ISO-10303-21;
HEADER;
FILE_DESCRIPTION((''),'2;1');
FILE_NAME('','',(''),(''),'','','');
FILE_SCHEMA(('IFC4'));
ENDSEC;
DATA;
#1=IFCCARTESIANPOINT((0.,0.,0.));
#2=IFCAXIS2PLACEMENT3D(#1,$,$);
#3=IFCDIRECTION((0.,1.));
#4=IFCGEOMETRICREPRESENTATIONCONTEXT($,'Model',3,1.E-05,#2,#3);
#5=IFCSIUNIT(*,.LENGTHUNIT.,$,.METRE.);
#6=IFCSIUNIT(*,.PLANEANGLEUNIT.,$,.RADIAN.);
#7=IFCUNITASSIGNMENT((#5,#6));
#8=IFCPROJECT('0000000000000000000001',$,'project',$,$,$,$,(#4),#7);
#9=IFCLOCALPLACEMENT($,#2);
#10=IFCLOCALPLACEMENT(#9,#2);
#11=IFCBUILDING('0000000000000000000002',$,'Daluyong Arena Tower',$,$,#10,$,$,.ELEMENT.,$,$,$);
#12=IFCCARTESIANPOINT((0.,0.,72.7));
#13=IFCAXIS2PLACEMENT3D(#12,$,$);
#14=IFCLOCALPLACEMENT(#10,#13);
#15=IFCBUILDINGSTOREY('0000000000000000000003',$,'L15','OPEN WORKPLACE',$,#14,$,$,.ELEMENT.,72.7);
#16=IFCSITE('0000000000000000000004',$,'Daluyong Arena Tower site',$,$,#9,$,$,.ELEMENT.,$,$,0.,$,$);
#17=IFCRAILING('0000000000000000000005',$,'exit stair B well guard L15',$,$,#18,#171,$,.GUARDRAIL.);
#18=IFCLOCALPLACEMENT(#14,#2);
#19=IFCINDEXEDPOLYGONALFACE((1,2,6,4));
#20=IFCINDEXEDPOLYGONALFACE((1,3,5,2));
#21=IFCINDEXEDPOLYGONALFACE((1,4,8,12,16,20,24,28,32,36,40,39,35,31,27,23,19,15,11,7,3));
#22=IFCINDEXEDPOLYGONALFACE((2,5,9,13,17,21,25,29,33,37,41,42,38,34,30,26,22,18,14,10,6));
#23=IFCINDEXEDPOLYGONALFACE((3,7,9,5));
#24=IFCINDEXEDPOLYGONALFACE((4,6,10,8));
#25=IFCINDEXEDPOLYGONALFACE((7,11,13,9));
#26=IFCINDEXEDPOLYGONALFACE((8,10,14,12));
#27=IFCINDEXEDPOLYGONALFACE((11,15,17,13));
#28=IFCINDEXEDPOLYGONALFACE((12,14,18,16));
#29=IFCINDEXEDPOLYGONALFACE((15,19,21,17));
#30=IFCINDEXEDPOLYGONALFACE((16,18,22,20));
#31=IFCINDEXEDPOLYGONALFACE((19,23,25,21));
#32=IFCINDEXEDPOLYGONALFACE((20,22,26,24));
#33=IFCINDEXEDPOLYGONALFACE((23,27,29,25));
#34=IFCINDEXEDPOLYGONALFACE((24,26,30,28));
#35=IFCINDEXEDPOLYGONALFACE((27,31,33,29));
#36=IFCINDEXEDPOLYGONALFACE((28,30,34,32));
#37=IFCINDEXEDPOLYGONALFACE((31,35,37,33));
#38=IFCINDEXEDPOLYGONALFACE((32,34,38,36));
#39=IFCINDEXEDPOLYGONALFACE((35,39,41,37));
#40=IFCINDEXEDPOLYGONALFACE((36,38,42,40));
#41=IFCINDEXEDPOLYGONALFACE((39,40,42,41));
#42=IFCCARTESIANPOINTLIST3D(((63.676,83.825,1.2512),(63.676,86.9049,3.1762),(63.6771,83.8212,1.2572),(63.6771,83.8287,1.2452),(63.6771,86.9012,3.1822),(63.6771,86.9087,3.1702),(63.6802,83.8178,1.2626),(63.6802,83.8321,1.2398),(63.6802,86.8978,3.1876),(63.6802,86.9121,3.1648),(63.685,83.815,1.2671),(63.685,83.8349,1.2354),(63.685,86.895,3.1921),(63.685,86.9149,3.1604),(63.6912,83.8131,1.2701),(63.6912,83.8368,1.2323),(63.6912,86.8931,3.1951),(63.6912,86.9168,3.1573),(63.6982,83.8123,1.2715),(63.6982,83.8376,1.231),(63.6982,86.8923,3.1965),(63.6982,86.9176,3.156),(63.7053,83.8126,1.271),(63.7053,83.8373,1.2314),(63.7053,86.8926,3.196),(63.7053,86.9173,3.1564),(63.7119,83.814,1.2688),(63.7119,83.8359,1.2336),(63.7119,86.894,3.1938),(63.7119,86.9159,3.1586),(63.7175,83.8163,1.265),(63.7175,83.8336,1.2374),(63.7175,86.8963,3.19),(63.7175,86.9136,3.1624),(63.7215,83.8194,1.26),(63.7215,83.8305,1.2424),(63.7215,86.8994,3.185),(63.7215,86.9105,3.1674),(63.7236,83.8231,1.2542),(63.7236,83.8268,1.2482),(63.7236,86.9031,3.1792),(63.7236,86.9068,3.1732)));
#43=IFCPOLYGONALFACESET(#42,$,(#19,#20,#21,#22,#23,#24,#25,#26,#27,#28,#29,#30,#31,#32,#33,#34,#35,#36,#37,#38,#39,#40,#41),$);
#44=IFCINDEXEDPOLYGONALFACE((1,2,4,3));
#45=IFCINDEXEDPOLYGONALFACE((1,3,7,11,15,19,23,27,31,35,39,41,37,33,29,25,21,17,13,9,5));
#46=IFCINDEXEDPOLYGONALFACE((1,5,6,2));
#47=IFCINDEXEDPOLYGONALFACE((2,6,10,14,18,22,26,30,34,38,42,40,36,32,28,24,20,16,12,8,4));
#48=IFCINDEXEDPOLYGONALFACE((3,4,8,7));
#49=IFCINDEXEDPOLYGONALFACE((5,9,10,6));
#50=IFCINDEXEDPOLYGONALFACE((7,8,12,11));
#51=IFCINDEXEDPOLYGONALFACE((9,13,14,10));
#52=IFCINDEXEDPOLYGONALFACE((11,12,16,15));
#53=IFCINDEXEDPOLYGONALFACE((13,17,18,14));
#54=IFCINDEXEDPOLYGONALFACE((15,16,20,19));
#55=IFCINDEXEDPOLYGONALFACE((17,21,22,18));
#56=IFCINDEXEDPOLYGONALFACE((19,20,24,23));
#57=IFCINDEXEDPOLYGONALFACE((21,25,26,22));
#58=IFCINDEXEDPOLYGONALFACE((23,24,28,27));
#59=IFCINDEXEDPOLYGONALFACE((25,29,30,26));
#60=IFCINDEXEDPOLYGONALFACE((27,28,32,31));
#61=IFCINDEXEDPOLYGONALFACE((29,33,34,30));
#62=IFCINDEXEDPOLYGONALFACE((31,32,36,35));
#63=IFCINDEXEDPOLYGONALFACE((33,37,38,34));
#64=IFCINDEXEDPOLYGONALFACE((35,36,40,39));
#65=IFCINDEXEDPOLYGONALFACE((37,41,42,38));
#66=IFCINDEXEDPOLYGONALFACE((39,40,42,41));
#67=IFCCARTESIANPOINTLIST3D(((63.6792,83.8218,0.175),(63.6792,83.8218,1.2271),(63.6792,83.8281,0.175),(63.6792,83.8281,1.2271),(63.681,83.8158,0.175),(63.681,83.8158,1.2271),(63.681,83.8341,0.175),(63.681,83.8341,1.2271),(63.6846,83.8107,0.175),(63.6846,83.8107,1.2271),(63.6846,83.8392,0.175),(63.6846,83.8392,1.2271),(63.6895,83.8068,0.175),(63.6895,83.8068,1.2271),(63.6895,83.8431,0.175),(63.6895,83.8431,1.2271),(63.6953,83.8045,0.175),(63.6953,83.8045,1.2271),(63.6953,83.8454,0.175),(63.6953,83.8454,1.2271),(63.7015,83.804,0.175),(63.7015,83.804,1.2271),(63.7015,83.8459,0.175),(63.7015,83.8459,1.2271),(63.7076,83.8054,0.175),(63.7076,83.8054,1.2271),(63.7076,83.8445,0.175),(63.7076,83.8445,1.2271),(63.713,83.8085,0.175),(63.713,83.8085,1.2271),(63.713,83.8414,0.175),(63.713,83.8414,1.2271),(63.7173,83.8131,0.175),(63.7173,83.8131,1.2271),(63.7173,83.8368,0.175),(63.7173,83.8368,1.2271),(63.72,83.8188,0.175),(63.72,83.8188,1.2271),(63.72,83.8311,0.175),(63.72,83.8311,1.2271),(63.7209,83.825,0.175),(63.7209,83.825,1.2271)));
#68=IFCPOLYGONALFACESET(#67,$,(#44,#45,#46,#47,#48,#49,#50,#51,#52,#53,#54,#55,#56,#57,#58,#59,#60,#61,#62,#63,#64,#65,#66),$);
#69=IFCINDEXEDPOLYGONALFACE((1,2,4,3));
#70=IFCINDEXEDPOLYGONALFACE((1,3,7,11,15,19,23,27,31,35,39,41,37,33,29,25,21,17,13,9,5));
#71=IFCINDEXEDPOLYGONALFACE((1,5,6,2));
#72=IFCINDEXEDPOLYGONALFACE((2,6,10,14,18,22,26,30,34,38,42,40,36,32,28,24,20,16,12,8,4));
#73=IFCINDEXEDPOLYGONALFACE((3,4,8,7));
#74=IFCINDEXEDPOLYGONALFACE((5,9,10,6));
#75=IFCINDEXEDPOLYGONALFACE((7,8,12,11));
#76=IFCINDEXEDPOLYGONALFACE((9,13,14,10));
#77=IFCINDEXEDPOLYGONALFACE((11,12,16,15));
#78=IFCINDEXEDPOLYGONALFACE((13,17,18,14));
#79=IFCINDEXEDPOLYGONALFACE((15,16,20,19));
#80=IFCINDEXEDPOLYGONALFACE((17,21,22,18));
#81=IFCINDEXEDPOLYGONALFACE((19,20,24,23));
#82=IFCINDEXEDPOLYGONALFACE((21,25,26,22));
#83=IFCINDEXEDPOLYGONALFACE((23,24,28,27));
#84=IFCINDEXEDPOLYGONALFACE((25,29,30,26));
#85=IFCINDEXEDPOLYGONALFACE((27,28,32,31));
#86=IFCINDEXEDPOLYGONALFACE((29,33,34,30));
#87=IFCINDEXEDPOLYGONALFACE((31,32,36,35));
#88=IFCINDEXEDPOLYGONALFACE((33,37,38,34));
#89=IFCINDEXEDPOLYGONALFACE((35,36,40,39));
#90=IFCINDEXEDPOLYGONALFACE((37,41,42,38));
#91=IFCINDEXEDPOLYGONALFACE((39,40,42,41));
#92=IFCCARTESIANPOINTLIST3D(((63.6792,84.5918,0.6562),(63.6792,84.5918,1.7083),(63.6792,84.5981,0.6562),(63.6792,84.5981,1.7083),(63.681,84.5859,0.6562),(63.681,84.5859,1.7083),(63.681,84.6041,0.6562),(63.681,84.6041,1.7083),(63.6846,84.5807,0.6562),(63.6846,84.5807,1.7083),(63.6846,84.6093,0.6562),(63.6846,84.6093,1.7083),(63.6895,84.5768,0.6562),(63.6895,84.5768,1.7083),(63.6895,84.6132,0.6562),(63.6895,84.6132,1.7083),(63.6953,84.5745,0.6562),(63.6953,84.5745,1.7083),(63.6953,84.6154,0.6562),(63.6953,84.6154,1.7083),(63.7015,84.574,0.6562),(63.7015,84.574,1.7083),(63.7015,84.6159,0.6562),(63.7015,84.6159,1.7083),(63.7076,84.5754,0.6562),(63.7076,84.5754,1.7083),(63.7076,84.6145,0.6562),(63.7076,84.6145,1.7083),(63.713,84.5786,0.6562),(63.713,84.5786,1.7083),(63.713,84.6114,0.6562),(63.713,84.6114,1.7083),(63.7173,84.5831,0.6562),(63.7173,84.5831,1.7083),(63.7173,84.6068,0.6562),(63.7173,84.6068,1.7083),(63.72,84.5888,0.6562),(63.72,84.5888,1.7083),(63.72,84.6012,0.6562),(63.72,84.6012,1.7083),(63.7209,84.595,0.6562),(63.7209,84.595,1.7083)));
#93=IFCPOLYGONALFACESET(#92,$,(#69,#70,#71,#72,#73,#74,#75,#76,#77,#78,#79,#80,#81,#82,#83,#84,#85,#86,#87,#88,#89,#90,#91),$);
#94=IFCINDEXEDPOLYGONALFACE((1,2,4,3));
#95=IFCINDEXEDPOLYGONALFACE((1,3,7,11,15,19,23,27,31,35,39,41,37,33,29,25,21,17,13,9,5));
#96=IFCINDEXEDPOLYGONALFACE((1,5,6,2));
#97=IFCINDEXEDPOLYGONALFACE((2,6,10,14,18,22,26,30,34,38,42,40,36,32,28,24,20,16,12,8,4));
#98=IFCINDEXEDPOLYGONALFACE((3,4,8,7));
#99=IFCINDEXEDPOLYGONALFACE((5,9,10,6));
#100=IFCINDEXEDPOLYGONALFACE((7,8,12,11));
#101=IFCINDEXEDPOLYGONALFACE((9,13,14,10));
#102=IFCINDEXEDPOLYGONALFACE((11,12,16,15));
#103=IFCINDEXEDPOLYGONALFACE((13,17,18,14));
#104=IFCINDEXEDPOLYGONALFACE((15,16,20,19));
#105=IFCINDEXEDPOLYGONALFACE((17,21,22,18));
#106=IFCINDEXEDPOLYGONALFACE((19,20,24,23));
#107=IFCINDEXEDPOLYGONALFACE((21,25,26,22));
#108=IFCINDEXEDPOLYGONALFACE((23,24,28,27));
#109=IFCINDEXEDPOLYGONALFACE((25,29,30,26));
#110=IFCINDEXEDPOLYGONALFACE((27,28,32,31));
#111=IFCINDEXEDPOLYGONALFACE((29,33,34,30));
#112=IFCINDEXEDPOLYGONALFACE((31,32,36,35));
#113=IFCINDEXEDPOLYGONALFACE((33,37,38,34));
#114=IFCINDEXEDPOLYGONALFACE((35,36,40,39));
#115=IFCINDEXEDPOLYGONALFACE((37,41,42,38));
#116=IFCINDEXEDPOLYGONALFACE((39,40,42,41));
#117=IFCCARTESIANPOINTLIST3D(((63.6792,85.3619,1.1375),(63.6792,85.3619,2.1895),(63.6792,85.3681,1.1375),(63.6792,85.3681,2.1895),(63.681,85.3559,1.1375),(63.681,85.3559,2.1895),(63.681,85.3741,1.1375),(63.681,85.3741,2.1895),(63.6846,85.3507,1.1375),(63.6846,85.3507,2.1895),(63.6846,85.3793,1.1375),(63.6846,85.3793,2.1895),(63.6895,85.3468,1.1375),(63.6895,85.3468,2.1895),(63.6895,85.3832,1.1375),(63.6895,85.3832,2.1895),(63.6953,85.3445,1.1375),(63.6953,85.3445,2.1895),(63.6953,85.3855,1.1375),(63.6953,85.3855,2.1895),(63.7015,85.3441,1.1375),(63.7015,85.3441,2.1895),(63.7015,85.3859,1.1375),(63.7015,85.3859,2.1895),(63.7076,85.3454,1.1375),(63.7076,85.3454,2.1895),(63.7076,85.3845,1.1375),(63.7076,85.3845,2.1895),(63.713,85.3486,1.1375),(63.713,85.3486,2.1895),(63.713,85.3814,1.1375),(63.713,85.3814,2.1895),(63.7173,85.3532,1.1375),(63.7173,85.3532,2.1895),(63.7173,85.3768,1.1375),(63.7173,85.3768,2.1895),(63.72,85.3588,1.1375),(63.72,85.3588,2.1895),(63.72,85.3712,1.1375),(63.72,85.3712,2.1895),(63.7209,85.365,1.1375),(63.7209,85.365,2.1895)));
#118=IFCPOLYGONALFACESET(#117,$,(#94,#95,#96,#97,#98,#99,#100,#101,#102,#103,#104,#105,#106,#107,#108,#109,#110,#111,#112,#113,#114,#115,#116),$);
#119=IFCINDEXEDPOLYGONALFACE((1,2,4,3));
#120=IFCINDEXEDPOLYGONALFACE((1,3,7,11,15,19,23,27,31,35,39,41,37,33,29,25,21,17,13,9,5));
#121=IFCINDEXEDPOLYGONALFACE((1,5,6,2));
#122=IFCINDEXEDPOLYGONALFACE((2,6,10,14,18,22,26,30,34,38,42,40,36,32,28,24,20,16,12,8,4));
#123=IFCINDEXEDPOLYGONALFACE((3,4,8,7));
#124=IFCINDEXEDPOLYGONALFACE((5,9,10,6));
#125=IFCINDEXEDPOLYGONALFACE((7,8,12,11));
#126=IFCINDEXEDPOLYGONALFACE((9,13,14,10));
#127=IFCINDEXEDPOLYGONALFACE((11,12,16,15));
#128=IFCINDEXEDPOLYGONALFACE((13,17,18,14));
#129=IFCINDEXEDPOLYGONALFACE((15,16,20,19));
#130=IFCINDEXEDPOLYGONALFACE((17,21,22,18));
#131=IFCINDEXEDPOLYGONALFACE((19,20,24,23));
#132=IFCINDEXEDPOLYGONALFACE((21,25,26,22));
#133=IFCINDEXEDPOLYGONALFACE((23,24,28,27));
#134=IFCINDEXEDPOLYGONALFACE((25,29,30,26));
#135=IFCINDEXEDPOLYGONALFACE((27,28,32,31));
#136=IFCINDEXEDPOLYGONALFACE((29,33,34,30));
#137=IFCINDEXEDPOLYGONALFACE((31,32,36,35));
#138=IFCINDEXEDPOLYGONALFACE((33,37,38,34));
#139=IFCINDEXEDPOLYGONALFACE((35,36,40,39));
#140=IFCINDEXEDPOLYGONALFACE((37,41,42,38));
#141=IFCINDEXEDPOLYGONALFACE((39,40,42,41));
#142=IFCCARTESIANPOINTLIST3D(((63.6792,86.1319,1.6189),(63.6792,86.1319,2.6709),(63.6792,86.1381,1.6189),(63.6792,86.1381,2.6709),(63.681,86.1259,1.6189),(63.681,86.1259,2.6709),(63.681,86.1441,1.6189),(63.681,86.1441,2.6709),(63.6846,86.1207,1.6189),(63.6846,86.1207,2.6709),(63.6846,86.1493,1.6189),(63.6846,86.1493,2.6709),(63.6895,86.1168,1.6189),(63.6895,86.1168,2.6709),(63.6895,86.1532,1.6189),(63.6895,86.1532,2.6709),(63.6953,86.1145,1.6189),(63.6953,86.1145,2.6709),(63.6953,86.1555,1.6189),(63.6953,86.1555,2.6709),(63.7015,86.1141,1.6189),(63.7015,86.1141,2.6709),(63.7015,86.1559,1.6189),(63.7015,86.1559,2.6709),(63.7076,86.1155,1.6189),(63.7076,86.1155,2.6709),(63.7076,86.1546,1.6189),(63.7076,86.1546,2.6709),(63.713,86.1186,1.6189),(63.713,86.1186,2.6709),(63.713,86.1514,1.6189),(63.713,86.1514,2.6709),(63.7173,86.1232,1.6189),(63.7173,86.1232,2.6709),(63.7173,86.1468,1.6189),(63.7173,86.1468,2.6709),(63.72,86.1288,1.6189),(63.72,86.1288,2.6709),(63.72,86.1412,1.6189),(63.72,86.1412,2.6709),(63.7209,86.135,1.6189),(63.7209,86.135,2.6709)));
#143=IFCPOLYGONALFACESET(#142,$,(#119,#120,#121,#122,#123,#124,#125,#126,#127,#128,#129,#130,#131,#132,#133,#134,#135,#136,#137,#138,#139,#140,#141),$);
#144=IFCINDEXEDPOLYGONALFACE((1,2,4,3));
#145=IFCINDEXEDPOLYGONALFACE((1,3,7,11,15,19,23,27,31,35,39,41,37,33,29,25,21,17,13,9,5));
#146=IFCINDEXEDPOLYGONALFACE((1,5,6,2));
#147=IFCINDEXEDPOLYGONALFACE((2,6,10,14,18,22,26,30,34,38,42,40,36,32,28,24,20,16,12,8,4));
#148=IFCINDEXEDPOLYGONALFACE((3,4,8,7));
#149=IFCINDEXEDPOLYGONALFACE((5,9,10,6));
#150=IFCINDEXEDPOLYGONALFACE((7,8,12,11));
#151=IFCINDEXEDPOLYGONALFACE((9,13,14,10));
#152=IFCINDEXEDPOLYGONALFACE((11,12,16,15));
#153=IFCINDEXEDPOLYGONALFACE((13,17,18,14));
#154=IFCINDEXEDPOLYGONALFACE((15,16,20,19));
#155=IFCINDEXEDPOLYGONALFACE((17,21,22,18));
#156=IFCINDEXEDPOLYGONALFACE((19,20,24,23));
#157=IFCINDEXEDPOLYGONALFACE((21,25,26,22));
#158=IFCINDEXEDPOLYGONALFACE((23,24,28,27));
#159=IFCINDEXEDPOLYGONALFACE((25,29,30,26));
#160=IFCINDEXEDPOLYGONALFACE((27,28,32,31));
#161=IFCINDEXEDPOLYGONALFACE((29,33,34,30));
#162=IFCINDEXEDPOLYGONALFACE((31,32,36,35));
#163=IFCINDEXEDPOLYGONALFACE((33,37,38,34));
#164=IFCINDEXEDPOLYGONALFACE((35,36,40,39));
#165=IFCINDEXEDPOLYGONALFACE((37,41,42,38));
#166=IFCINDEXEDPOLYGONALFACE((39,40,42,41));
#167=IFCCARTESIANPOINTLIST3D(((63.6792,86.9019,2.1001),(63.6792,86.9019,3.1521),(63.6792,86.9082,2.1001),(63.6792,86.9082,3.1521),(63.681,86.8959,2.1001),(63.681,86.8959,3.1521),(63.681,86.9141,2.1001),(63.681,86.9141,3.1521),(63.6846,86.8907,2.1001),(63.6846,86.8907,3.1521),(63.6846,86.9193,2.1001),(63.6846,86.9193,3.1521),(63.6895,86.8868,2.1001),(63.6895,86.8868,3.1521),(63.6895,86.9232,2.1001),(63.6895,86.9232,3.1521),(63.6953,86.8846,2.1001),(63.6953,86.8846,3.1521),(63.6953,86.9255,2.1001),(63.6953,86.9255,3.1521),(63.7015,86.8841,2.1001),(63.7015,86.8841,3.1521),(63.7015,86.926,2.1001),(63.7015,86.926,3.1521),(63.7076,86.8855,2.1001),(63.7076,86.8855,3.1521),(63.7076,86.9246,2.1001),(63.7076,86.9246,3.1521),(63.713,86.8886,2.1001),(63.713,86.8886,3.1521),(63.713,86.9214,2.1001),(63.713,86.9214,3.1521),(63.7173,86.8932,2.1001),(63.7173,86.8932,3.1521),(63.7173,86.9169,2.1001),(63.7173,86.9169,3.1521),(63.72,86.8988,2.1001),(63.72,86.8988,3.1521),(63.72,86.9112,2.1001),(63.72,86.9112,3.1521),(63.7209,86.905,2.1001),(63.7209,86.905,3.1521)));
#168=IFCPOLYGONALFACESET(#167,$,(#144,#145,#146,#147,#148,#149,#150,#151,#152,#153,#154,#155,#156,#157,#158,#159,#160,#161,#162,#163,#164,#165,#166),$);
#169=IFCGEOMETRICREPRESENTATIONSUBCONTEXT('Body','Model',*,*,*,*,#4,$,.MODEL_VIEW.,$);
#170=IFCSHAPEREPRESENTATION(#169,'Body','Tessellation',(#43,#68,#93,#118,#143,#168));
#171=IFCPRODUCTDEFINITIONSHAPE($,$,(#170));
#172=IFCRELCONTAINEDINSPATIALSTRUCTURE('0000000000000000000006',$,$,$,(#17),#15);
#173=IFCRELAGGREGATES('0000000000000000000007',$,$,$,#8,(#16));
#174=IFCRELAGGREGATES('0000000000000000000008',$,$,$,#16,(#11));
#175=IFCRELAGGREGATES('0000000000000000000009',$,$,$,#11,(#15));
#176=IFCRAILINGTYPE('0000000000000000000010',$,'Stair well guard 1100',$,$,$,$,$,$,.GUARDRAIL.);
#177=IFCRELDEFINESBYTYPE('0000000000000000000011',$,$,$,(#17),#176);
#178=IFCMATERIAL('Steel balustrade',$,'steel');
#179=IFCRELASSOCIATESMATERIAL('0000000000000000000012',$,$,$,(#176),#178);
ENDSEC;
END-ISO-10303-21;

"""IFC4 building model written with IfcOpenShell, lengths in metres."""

from ifc_helpers import new_model, si_unit, direction, frame, origin, origin_2d, place, context, subcontext, project, spatial, circle, extrude, material, type_object, element, save


model = new_model("IFC4")

# Units and contexts
model_context = context("Model", 3, precision=1e-05, world=origin(), true_north=direction((0.0, 1.0)))
body_context = subcontext(model_context, "Body", "Model", "MODEL_VIEW")
ifc_project = project(units=[si_unit("LENGTHUNIT", "METRE"), si_unit("PLANEANGLEUNIT", "RADIAN")], contexts=[model_context])

# Site, building, storey
site_placement = place(None, origin())
site = spatial("IfcSite", under=ifc_project, at=site_placement, Name="Daluyong Arena Tower site", CompositionType="ELEMENT", RefElevation=0.0)
building_placement = place(site_placement, origin())
building = spatial("IfcBuilding", under=site, at=building_placement, Name="Daluyong Arena Tower", CompositionType="ELEMENT")
storey_placement = place(building_placement, frame((0.0, 0.0, 72.7)))
storey = spatial("IfcBuildingStorey", under=building, at=storey_placement, Name="L15", Description="OPEN WORKPLACE", CompositionType="ELEMENT", Elevation=72.7)

# Railing
ifc_material_1 = material(Name="Steel balustrade", Category="steel")
railing_type_1 = type_object("IfcRailingType", Name="Stair well guard 1100", PredefinedType="GUARDRAIL", material=ifc_material_1)
railing_1_placement = place(storey_placement, frame((63.7, 83.825, 0.175)))
element("IfcRailing", 1, at=railing_1_placement, inside=storey, type_object=railing_type_1, Name="exit stair B well guard L15", PredefinedType="GUARDRAIL", context=body_context, shape_type="SweptSolid", body=[
    extrude(circle(Radius=0.0239, at=origin_2d()), frame((0.0, 0.0, 1.0762), z_axis=(0.0, 0.847998, 0.529999), x_axis=(-1.0, 0.0, 0.0)), (0.0, 0.0, 1.0), 3.6321),
    extrude(circle(Radius=0.021, at=origin_2d()), origin(), (0.0, 0.0, 1.0), 1.052),
    extrude(circle(Radius=0.021, at=origin_2d()), frame((0.0, 0.77, 0.4812)), (0.0, 0.0, 1.0), 1.052),
    extrude(circle(Radius=0.021, at=origin_2d()), frame((0.0, 1.54, 0.9624)), (0.0, 0.0, 1.0), 1.052),
    extrude(circle(Radius=0.021, at=origin_2d()), frame((0.0, 2.3101, 1.4438)), (0.0, 0.0, 1.0), 1.052),
    extrude(circle(Radius=0.021, at=origin_2d()), frame((0.0, 3.0801, 1.925)), (0.0, 0.0, 1.0), 1.052),
])

save(model, "model.ifc")
